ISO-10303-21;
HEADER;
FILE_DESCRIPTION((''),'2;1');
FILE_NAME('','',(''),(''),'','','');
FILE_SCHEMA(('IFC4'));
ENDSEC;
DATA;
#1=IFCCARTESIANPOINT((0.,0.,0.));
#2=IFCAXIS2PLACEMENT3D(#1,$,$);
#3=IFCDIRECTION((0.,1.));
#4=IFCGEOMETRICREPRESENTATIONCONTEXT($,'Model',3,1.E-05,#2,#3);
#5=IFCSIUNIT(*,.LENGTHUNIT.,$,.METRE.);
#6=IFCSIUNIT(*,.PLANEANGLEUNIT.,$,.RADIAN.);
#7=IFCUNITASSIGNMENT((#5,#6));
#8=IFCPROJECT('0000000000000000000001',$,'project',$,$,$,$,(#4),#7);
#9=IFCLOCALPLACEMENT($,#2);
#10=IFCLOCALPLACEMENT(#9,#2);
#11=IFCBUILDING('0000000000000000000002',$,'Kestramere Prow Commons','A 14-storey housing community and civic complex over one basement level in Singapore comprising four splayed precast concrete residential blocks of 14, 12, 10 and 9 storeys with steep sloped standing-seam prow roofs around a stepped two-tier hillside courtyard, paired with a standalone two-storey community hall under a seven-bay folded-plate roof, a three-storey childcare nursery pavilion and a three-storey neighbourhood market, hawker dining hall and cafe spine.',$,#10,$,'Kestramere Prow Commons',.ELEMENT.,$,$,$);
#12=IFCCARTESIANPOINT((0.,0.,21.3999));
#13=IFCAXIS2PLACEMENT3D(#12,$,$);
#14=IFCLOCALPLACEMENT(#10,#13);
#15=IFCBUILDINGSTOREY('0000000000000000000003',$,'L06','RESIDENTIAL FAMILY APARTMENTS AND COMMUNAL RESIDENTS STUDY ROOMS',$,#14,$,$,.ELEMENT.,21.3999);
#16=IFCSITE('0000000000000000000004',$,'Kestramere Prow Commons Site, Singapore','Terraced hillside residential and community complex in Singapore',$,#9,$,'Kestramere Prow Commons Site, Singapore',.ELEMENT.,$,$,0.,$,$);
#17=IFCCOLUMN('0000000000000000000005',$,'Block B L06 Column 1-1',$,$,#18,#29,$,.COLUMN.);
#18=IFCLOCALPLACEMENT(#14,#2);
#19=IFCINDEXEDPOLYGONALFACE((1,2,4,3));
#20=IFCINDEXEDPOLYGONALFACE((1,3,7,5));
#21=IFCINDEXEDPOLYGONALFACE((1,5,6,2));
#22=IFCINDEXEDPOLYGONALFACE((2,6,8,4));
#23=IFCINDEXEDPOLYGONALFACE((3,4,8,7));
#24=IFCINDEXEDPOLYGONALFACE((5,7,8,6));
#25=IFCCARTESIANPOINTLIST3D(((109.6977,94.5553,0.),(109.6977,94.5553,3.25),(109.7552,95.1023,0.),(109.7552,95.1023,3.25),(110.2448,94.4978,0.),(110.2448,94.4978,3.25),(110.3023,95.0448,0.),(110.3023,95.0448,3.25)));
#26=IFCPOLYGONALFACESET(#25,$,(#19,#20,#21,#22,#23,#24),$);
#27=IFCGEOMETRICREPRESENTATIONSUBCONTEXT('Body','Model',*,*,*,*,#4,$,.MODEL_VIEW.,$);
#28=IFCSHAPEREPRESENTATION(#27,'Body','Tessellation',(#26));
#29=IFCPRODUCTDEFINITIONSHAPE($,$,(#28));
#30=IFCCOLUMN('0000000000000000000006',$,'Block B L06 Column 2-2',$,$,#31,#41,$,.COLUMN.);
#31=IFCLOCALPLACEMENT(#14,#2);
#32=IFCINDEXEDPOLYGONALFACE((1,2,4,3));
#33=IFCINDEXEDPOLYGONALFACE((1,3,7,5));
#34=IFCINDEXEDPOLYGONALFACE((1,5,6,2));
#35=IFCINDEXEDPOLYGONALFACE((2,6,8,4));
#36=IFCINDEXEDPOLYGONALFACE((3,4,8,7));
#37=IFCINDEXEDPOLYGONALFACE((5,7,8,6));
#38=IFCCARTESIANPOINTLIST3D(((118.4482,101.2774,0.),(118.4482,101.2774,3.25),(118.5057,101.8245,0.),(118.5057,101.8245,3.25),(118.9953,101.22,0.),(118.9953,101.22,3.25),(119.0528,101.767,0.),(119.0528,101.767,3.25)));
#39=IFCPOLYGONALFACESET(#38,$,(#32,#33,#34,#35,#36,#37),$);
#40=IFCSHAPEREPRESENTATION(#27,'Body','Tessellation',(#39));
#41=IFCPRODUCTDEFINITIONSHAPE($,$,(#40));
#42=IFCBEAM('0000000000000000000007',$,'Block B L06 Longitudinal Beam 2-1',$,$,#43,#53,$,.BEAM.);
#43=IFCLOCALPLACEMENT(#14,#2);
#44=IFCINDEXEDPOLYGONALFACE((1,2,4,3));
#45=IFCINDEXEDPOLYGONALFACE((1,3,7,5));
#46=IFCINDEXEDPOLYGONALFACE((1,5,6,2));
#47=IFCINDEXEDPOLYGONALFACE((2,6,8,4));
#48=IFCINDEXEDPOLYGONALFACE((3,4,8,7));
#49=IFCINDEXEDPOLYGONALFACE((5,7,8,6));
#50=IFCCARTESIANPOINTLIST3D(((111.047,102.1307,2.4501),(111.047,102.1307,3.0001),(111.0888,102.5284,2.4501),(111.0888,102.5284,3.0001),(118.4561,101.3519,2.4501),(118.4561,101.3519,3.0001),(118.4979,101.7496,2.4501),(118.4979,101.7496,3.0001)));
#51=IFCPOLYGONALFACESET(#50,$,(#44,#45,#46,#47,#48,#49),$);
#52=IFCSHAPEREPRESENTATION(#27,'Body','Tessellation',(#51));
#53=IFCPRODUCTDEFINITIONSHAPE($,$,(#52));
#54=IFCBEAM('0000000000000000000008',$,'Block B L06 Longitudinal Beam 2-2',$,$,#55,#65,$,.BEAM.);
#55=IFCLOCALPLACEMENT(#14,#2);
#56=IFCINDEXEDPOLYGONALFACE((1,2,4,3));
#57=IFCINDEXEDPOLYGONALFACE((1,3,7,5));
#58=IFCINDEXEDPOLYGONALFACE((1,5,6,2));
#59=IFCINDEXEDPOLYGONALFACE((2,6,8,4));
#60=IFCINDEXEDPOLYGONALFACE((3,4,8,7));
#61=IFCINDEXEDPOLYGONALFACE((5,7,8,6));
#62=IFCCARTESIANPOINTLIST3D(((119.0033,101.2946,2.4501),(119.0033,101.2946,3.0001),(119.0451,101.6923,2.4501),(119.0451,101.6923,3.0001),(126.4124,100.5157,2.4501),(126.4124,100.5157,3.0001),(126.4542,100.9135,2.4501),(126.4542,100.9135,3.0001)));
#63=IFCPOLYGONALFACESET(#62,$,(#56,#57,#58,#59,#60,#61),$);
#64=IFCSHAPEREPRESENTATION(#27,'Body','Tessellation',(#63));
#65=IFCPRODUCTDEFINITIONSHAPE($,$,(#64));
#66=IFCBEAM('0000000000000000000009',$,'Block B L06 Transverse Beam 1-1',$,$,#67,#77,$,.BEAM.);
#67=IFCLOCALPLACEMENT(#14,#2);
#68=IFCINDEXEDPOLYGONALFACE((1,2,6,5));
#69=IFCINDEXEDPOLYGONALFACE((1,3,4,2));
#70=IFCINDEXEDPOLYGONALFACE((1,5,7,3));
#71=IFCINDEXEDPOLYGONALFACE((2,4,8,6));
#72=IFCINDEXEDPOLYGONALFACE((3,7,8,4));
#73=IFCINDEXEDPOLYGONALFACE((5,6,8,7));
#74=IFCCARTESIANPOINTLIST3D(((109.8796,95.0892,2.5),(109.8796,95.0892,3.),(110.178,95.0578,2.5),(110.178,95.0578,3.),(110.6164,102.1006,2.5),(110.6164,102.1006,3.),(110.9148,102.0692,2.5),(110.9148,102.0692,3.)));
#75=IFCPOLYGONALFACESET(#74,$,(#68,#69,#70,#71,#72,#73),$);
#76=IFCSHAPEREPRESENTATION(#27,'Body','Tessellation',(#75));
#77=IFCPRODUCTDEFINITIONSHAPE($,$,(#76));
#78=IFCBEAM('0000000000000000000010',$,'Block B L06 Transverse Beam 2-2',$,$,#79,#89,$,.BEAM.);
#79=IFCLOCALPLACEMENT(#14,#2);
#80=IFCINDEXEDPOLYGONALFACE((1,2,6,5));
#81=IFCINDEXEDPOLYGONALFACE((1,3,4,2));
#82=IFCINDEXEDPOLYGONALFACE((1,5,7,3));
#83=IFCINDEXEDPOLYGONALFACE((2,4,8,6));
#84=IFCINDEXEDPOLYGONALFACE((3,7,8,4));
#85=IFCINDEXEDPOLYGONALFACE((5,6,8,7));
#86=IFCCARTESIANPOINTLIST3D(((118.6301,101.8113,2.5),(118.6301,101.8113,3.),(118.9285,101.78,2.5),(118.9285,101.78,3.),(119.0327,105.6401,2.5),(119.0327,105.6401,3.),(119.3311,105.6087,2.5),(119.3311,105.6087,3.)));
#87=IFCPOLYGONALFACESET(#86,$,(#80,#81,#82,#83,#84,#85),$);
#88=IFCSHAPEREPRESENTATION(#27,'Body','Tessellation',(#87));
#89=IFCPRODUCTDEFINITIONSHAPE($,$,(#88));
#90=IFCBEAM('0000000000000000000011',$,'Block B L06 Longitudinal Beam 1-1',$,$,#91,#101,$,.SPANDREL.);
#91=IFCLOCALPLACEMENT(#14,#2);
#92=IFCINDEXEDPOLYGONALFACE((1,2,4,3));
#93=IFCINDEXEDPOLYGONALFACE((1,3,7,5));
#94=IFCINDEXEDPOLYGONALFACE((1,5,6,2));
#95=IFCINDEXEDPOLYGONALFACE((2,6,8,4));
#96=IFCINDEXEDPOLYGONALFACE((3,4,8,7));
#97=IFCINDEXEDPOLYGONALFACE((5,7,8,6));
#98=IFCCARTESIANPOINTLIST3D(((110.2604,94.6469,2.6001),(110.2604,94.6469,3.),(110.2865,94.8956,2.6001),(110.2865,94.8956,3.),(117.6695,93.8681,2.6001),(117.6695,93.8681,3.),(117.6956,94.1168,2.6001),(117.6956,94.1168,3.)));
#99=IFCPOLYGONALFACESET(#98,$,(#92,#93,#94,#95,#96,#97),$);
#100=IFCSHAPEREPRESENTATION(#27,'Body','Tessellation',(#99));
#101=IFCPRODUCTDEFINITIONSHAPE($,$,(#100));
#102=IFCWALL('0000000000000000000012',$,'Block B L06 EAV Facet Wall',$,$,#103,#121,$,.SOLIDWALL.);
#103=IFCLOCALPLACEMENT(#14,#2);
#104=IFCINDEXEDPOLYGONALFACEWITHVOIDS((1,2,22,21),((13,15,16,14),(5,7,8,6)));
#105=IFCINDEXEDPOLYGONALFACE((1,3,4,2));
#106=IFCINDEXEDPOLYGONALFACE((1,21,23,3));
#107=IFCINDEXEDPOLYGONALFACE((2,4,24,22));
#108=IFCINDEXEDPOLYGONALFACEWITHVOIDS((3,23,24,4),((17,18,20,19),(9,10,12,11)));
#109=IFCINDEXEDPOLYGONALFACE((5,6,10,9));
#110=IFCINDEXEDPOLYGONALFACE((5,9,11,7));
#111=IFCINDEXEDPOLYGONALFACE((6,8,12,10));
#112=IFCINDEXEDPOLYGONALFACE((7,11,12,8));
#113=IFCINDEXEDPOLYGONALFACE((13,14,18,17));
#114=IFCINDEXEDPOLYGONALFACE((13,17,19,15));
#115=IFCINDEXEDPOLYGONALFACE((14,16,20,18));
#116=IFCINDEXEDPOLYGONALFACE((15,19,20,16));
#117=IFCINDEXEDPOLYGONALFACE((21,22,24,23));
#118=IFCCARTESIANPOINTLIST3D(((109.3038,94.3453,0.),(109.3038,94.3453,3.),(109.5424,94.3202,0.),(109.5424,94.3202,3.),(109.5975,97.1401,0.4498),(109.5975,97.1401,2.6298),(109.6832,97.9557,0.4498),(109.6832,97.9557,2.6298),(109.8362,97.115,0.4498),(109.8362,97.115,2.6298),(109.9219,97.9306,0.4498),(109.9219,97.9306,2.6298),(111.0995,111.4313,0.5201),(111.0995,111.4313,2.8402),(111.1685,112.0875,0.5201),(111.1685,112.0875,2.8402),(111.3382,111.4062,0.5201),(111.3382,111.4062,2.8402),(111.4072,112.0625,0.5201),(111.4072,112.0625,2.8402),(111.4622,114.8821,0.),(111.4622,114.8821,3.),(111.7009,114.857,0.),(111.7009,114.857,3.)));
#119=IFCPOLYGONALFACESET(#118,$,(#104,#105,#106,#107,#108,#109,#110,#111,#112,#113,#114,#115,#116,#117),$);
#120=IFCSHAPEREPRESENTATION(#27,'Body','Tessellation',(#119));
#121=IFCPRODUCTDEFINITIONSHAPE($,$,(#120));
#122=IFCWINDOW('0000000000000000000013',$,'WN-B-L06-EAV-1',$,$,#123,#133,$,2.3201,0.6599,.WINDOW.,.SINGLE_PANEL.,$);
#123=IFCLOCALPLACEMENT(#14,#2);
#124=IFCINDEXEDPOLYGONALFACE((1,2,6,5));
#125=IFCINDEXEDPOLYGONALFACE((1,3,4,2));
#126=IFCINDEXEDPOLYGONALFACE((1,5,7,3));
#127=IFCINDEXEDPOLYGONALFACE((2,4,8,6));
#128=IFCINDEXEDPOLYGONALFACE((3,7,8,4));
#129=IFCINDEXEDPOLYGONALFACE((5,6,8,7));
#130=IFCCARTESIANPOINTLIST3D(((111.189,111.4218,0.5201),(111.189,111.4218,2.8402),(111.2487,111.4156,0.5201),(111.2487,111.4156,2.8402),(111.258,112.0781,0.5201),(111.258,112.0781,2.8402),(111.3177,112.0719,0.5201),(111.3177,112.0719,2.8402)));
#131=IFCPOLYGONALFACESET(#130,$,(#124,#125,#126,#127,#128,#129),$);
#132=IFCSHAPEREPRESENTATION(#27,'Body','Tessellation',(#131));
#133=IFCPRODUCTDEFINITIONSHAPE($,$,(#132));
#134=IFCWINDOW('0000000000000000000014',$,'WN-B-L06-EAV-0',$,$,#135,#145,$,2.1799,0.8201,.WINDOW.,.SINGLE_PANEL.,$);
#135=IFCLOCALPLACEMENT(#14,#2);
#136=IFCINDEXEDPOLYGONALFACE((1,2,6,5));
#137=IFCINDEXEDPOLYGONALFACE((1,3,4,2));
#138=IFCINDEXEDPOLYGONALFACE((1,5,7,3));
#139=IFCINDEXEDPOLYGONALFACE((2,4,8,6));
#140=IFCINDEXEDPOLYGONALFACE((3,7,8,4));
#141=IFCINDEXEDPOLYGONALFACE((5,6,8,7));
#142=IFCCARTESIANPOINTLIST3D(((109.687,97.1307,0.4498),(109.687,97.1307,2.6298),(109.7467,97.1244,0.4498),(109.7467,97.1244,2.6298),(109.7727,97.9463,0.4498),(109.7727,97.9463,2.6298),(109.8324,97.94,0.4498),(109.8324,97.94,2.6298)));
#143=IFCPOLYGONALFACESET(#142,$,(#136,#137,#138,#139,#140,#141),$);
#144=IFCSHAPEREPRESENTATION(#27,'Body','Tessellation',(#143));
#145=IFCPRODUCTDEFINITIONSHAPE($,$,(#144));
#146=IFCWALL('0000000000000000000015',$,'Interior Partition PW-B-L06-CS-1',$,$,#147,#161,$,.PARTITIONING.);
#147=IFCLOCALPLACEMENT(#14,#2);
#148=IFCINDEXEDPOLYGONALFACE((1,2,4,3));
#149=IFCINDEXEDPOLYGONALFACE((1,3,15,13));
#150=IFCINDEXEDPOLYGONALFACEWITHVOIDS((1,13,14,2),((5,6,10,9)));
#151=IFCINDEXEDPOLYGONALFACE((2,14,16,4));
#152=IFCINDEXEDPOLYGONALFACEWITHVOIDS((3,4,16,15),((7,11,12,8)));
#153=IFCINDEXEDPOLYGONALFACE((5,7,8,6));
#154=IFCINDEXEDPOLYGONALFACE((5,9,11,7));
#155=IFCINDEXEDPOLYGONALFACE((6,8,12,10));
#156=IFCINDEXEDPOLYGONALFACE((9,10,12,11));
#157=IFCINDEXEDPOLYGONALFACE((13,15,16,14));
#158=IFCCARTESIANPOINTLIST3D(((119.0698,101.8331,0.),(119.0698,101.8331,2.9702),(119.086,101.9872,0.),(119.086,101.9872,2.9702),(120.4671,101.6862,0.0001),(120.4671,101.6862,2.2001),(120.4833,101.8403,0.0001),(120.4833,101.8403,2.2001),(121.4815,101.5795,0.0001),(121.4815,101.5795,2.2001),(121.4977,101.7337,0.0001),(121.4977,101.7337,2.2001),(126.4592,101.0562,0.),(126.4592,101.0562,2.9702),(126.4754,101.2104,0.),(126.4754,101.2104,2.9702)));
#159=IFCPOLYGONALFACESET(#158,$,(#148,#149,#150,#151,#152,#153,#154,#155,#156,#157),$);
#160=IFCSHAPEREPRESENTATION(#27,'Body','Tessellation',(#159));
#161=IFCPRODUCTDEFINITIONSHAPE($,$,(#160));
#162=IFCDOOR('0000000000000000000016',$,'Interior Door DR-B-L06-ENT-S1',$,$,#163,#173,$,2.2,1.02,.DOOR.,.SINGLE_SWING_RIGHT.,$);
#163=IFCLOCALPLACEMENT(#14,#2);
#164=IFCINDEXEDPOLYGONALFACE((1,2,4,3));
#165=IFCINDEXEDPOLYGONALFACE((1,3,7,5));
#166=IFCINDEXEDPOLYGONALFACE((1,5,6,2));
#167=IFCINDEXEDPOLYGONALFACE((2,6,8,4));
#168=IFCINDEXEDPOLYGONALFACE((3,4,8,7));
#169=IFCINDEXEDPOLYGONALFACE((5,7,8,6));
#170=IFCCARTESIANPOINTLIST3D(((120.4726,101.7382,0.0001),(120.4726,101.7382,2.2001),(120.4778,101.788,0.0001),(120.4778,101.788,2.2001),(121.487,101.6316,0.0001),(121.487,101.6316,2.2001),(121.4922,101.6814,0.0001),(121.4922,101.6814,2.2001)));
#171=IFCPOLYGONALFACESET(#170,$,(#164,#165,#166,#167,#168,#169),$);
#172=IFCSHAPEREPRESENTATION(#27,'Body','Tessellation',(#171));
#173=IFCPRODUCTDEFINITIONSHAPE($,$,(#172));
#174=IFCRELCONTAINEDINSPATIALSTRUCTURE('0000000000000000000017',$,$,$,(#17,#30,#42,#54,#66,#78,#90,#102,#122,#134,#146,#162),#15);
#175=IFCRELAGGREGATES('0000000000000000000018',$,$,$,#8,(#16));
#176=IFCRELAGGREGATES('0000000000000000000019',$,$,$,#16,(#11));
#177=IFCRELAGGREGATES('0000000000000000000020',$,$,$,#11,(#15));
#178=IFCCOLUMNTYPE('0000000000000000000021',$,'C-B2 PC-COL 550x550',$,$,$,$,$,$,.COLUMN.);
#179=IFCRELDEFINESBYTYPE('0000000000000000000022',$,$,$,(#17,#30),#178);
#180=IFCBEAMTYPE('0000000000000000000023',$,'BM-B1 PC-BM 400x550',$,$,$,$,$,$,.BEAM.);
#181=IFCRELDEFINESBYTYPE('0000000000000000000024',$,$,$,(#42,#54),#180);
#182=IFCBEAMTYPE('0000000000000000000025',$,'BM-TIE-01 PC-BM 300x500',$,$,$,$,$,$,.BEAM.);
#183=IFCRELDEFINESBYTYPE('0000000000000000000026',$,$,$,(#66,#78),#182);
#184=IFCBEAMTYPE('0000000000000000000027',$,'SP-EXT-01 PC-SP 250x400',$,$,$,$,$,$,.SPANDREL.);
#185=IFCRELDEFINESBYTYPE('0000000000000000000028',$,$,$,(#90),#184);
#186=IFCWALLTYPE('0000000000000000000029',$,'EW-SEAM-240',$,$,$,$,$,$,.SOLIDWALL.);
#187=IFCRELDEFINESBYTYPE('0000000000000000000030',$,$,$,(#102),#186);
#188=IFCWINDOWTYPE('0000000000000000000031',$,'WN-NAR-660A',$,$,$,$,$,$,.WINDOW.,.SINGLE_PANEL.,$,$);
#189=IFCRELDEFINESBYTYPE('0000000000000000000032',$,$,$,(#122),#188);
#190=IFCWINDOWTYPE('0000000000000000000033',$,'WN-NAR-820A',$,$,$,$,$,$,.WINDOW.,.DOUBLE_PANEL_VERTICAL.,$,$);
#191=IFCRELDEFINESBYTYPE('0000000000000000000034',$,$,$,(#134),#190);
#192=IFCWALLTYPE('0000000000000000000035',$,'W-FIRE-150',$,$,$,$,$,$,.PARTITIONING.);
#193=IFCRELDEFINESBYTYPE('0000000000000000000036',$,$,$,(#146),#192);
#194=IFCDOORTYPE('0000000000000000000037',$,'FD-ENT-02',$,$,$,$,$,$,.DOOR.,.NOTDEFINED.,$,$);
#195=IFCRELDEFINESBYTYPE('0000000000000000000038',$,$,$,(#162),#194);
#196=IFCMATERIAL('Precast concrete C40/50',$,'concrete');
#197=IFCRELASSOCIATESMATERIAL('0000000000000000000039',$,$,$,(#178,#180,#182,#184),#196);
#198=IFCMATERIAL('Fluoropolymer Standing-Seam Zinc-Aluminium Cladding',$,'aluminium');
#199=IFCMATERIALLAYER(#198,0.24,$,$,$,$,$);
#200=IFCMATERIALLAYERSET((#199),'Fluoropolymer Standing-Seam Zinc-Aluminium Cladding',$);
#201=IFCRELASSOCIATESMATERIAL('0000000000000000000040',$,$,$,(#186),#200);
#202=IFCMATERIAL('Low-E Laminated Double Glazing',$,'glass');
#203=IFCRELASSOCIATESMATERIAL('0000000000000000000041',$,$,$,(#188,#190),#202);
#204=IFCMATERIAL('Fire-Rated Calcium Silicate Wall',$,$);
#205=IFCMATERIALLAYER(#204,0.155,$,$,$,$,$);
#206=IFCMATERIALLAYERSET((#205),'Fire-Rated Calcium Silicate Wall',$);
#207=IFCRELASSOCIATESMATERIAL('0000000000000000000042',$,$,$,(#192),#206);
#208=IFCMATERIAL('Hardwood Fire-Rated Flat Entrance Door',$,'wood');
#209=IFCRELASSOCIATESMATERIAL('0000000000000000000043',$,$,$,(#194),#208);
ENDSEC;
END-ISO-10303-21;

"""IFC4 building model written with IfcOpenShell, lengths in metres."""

from ifc_helpers import new_model, si_unit, direction, frame, frame_2d, origin, origin_2d, place, context, subcontext, project, spatial, rectangle, extrude, material, layer, layer_set, material_profile, profile_set, type_object, element, fill, save


model = new_model("IFC4")

# Units and contexts
model_context = context("Model", 3, precision=1e-05, world=origin(), true_north=direction((0.0, 1.0)))
body_context = subcontext(model_context, "Body", "Model", "MODEL_VIEW")
ifc_project = project(units=[si_unit("LENGTHUNIT", "METRE"), si_unit("PLANEANGLEUNIT", "RADIAN")], contexts=[model_context])

# Site, building, storey
site_placement = place(None, origin())
site = spatial("IfcSite", under=ifc_project, at=site_placement, Name="Kestramere Prow Commons Site, Singapore", Description="Terraced hillside residential and community complex in Singapore", LongName="Kestramere Prow Commons Site, Singapore", CompositionType="ELEMENT", RefElevation=0.0)
building_placement = place(site_placement, origin())
building = spatial("IfcBuilding", under=site, at=building_placement, Name="Kestramere Prow Commons", Description="A 14-storey housing community and civic complex over one basement level in Singapore comprising four splayed precast concrete residential blocks of 14, 12, 10 and 9 storeys with steep sloped standing-seam prow roofs around a stepped two-tier hillside courtyard, paired with a standalone two-storey community hall under a seven-bay folded-plate roof, a three-storey childcare nursery pavilion and a three-storey neighbourhood market, hawker dining hall and cafe spine.", LongName="Kestramere Prow Commons", CompositionType="ELEMENT")
storey_placement = place(building_placement, frame((0.0, 0.0, 21.3999)))
storey = spatial("IfcBuildingStorey", under=building, at=storey_placement, Name="L06", Description="RESIDENTIAL FAMILY APARTMENTS AND COMMUNAL RESIDENTS STUDY ROOMS", CompositionType="ELEMENT", Elevation=21.3999)

# Columns
ifc_material_1 = material(Name="Precast concrete C40/50", Category="concrete")
ifc_material_profile_1 = material_profile(ifc_material_1, rectangle(XDim=0.55, YDim=0.55, at=origin_2d()), Name="PC-COL 550x550")
ifc_profile_set_1 = profile_set([ifc_material_profile_1], Name="Precast concrete C40/50")
column_type = type_object("IfcColumnType", Name="C-B2 PC-COL 550x550", PredefinedType="COLUMN", material=ifc_profile_set_1)
for number, where, z_axis, x_axis, name in (
    (1, (110.0, 94.8, 0.0), (0.0, 0.0, 1.0), (0.994522, -0.104528, 0.0), "Block B L06 Column 1-1"),
    (2, (118.7505, 101.5222, 0.0), (0.0, 0.0, 1.0), (0.994522, -0.104528, 0.0), "Block B L06 Column 2-2"),
):
    element("IfcColumn", number, at=place(storey_placement, frame(where, z_axis=z_axis, x_axis=x_axis)), inside=storey, type_object=column_type, Name=name, PredefinedType="COLUMN", context=body_context, shape_type="SweptSolid", body=[
        extrude(rectangle(XDim=0.55, YDim=0.55, at=origin_2d()), origin(), (0.0, 0.0, 1.0), 3.25),
    ])

# Beams
ifc_material_profile_2 = material_profile(ifc_material_1, rectangle(XDim=0.3999, YDim=0.55, at=origin_2d()), Name="PC-BM 400x550")
ifc_profile_set_2 = profile_set([ifc_material_profile_2], Name="Precast concrete C40/50")
beam_type_1 = type_object("IfcBeamType", Name="BM-B1 PC-BM 400x550", PredefinedType="BEAM", material=ifc_profile_set_2)
for number, where, z_axis, x_axis, name in (
    (3, (111.0679, 102.3296, 2.7251), (0.994521, -0.104538, 0.0), (0.104538, 0.994521, 0.0), "Block B L06 Longitudinal Beam 2-1"),
    (4, (119.0242, 101.4934, 2.7251), (0.994521, -0.104538, 0.0), (0.104538, 0.994521, 0.0), "Block B L06 Longitudinal Beam 2-2"),
):
    element("IfcBeam", number, at=place(storey_placement, frame(where, z_axis=z_axis, x_axis=x_axis)), inside=storey, type_object=beam_type_1, Name=name, PredefinedType="BEAM", context=body_context, shape_type="SweptSolid", body=[
        extrude(rectangle(XDim=0.3999, YDim=0.55, at=origin_2d()), origin(), (0.0, 0.0, 1.0), 7.45),
    ])
ifc_material_profile_3 = material_profile(ifc_material_1, rectangle(XDim=0.3, YDim=0.5, at=origin_2d()), Name="PC-BM 300x500")
ifc_profile_set_3 = profile_set([ifc_material_profile_3], Name="Precast concrete C40/50")
beam_type_2 = type_object("IfcBeamType", Name="BM-TIE-01 PC-BM 300x500", PredefinedType="BEAM", material=ifc_profile_set_3)
beam_1_placement = place(storey_placement, frame((110.0288, 95.0735, 2.75), z_axis=(0.104512, 0.994524, 0.0), x_axis=(-0.994524, 0.104512, 0.0)))
element("IfcBeam", 5, at=beam_1_placement, inside=storey, type_object=beam_type_2, Name="Block B L06 Transverse Beam 1-1", PredefinedType="BEAM", context=body_context, shape_type="SweptSolid", body=[
    extrude(rectangle(XDim=0.3, YDim=0.5, at=origin_2d()), origin(), (0.0, 0.0, 1.0), 7.05),
])
beam_2_placement = place(storey_placement, frame((118.7793, 101.7957, 2.75), z_axis=(0.104569, 0.994518, 0.0), x_axis=(-0.994518, 0.104569, 0.0)))
element("IfcBeam", 6, at=beam_2_placement, inside=storey, type_object=beam_type_2, Name="Block B L06 Transverse Beam 2-2", PredefinedType="BEAM", context=body_context, shape_type="SweptSolid", body=[
    extrude(rectangle(XDim=0.3, YDim=0.5, at=origin_2d()), origin(), (0.0, 0.0, 1.0), 3.8499),
])
ifc_material_profile_4 = material_profile(ifc_material_1, rectangle(XDim=0.25, YDim=0.3999, at=origin_2d()), Name="PC-SP 250x400")
ifc_profile_set_4 = profile_set([ifc_material_profile_4], Name="Precast concrete C40/50")
beam_type_3 = type_object("IfcBeamType", Name="SP-EXT-01 PC-SP 250x400", PredefinedType="SPANDREL", material=ifc_profile_set_4)
beam_3_placement = place(storey_placement, frame((110.2734, 94.7712, 2.8), z_axis=(0.994521, -0.104538, 0.0), x_axis=(0.104538, 0.994521, 0.0)))
element("IfcBeam", 7, at=beam_3_placement, inside=storey, type_object=beam_type_3, Name="Block B L06 Longitudinal Beam 1-1", PredefinedType="SPANDREL", context=body_context, shape_type="SweptSolid", body=[
    extrude(rectangle(XDim=0.25, YDim=0.3999, at=origin_2d()), origin(), (0.0, 0.0, 1.0), 7.45),
])

# Wall, openings, windows
ifc_material_2 = material(Name="Fluoropolymer Standing-Seam Zinc-Aluminium Cladding", Category="aluminium")
ifc_layer_1 = layer(ifc_material_2, 0.24)
ifc_layer_set_1 = layer_set([ifc_layer_1], Name="Fluoropolymer Standing-Seam Zinc-Aluminium Cladding")
wall_type_1 = type_object("IfcWallType", Name="EW-SEAM-240", PredefinedType="SOLIDWALL", material=ifc_layer_set_1)
wall_1_placement = place(storey_placement, frame((109.4231, 94.3328, 0.0), z_axis=(0.0, 0.0, 1.0), x_axis=(0.104525, 0.994522, 0.0)))
wall_1 = element("IfcWall", 8, at=wall_1_placement, inside=storey, type_object=wall_type_1, Name="Block B L06 EAV Facet Wall", PredefinedType="SOLIDWALL", context=body_context, shape_type="SweptSolid", body=[
    extrude(rectangle(XDim=20.6499, YDim=0.24, at=frame_2d((10.325, 0.0))), origin(), (0.0, 0.0, 1.0), 3.0),
])
opening_1_placement = place(wall_1_placement, frame((2.8101, 0.0, 0.45)))
opening_1 = element("IfcOpeningElement", 9, at=opening_1_placement, cuts=wall_1, PredefinedType="OPENING", context=body_context, shape_type="SweptSolid", body=[
    extrude(rectangle(XDim=0.8201, YDim=2.1799, at=frame_2d((0.4102, 1.0898))), frame((0.0, 0.135, 0.0), z_axis=(0.0, -1.0, 0.0), x_axis=(1.0, 0.0, 0.0)), (0.0, 0.0, 1.0), 0.27),
])
opening_2_placement = place(wall_1_placement, frame((17.1799, 0.0, 0.52)))
opening_2 = element("IfcOpeningElement", 10, at=opening_2_placement, cuts=wall_1, PredefinedType="OPENING", context=body_context, shape_type="SweptSolid", body=[
    extrude(rectangle(XDim=0.6599, YDim=2.3201, at=frame_2d((0.3301, 1.1602))), frame((0.0, 0.135, 0.0), z_axis=(0.0, -1.0, 0.0), x_axis=(1.0, 0.0, 0.0)), (0.0, 0.0, 1.0), 0.27),
])
ifc_material_3 = material(Name="Low-E Laminated Double Glazing", Category="glass")
window_type_1 = type_object("IfcWindowType", Name="WN-NAR-660A", PartitioningType="SINGLE_PANEL", PredefinedType="WINDOW", material=ifc_material_3)
window_1_placement = place(opening_2_placement, origin())
window_1 = element("IfcWindow", 11, at=window_1_placement, inside=storey, type_object=window_type_1, Name="WN-B-L06-EAV-1", OverallHeight=2.3201, OverallWidth=0.6599, PartitioningType="SINGLE_PANEL", PredefinedType="WINDOW", context=body_context, shape_type="SweptSolid", body=[
    extrude(rectangle(XDim=0.6599, YDim=2.3201, at=frame_2d((0.3301, 1.1602))), frame((0.0, 0.03, 0.0), z_axis=(0.0, -1.0, 0.0), x_axis=(1.0, 0.0, 0.0)), (0.0, 0.0, 1.0), 0.0601),
])
fill(opening_2, window_1)
window_type_2 = type_object("IfcWindowType", Name="WN-NAR-820A", PartitioningType="DOUBLE_PANEL_VERTICAL", PredefinedType="WINDOW", material=ifc_material_3)
window_2_placement = place(opening_1_placement, origin())
window_2 = element("IfcWindow", 12, at=window_2_placement, inside=storey, type_object=window_type_2, Name="WN-B-L06-EAV-0", OverallHeight=2.1799, OverallWidth=0.8201, PartitioningType="SINGLE_PANEL", PredefinedType="WINDOW", context=body_context, shape_type="SweptSolid", body=[
    extrude(rectangle(XDim=0.8201, YDim=2.1799, at=frame_2d((0.4102, 1.0898))), frame((0.0, 0.03, 0.0), z_axis=(0.0, -1.0, 0.0), x_axis=(1.0, 0.0, 0.0)), (0.0, 0.0, 1.0), 0.0601),
])
fill(opening_1, window_2)

# Wall, opening, door
ifc_material_4 = material(Name="Fire-Rated Calcium Silicate Wall")
ifc_layer_2 = layer(ifc_material_4, 0.155)
ifc_layer_set_2 = layer_set([ifc_layer_2], Name="Fire-Rated Calcium Silicate Wall")
wall_type_2 = type_object("IfcWallType", Name="W-FIRE-150", PredefinedType="PARTITIONING", material=ifc_layer_set_2)
wall_2_placement = place(storey_placement, frame((119.0779, 101.9102, 0.0), z_axis=(0.0, 0.0, 1.0), x_axis=(0.994519, -0.104555, 0.0)))
wall_2 = element("IfcWall", 13, at=wall_2_placement, inside=storey, type_object=wall_type_2, Name="Interior Partition PW-B-L06-CS-1", PredefinedType="PARTITIONING", context=body_context, shape_type="SweptSolid", body=[
    extrude(rectangle(XDim=7.4302, YDim=0.155, at=frame_2d((3.7151, 0.0))), origin(), (0.0, 0.0, 1.0), 2.9702),
])
opening_3_placement = place(wall_2_placement, frame((1.405, 0.0, 0.0)))
opening_3 = element("IfcOpeningElement", 14, at=opening_3_placement, cuts=wall_2, PredefinedType="OPENING", context=body_context, shape_type="SweptSolid", body=[
    extrude(rectangle(XDim=1.02, YDim=2.2, at=frame_2d((0.51, 1.1001))), frame((0.0, 0.0925, 0.0), z_axis=(0.0, -1.0, 0.0), x_axis=(1.0, 0.0, 0.0)), (0.0, 0.0, 1.0), 0.1851),
])
ifc_material_5 = material(Name="Hardwood Fire-Rated Flat Entrance Door", Category="wood")
door_type_1 = type_object("IfcDoorType", Name="FD-ENT-02", OperationType="NOTDEFINED", PredefinedType="DOOR", material=ifc_material_5)
door_1_placement = place(opening_3_placement, origin())
door_1 = element("IfcDoor", 15, at=door_1_placement, inside=storey, type_object=door_type_1, Name="Interior Door DR-B-L06-ENT-S1", OperationType="SINGLE_SWING_RIGHT", OverallHeight=2.2, OverallWidth=1.02, PredefinedType="DOOR", context=body_context, shape_type="SweptSolid", body=[
    extrude(rectangle(XDim=1.02, YDim=2.2, at=frame_2d((0.51, 1.1001))), frame((0.0, 0.0249, 0.0), z_axis=(0.0, -1.0, 0.0), x_axis=(1.0, 0.0, 0.0)), (0.0, 0.0, 1.0), 0.05),
])
fill(opening_3, door_1)

save(model, "model.ifc")
